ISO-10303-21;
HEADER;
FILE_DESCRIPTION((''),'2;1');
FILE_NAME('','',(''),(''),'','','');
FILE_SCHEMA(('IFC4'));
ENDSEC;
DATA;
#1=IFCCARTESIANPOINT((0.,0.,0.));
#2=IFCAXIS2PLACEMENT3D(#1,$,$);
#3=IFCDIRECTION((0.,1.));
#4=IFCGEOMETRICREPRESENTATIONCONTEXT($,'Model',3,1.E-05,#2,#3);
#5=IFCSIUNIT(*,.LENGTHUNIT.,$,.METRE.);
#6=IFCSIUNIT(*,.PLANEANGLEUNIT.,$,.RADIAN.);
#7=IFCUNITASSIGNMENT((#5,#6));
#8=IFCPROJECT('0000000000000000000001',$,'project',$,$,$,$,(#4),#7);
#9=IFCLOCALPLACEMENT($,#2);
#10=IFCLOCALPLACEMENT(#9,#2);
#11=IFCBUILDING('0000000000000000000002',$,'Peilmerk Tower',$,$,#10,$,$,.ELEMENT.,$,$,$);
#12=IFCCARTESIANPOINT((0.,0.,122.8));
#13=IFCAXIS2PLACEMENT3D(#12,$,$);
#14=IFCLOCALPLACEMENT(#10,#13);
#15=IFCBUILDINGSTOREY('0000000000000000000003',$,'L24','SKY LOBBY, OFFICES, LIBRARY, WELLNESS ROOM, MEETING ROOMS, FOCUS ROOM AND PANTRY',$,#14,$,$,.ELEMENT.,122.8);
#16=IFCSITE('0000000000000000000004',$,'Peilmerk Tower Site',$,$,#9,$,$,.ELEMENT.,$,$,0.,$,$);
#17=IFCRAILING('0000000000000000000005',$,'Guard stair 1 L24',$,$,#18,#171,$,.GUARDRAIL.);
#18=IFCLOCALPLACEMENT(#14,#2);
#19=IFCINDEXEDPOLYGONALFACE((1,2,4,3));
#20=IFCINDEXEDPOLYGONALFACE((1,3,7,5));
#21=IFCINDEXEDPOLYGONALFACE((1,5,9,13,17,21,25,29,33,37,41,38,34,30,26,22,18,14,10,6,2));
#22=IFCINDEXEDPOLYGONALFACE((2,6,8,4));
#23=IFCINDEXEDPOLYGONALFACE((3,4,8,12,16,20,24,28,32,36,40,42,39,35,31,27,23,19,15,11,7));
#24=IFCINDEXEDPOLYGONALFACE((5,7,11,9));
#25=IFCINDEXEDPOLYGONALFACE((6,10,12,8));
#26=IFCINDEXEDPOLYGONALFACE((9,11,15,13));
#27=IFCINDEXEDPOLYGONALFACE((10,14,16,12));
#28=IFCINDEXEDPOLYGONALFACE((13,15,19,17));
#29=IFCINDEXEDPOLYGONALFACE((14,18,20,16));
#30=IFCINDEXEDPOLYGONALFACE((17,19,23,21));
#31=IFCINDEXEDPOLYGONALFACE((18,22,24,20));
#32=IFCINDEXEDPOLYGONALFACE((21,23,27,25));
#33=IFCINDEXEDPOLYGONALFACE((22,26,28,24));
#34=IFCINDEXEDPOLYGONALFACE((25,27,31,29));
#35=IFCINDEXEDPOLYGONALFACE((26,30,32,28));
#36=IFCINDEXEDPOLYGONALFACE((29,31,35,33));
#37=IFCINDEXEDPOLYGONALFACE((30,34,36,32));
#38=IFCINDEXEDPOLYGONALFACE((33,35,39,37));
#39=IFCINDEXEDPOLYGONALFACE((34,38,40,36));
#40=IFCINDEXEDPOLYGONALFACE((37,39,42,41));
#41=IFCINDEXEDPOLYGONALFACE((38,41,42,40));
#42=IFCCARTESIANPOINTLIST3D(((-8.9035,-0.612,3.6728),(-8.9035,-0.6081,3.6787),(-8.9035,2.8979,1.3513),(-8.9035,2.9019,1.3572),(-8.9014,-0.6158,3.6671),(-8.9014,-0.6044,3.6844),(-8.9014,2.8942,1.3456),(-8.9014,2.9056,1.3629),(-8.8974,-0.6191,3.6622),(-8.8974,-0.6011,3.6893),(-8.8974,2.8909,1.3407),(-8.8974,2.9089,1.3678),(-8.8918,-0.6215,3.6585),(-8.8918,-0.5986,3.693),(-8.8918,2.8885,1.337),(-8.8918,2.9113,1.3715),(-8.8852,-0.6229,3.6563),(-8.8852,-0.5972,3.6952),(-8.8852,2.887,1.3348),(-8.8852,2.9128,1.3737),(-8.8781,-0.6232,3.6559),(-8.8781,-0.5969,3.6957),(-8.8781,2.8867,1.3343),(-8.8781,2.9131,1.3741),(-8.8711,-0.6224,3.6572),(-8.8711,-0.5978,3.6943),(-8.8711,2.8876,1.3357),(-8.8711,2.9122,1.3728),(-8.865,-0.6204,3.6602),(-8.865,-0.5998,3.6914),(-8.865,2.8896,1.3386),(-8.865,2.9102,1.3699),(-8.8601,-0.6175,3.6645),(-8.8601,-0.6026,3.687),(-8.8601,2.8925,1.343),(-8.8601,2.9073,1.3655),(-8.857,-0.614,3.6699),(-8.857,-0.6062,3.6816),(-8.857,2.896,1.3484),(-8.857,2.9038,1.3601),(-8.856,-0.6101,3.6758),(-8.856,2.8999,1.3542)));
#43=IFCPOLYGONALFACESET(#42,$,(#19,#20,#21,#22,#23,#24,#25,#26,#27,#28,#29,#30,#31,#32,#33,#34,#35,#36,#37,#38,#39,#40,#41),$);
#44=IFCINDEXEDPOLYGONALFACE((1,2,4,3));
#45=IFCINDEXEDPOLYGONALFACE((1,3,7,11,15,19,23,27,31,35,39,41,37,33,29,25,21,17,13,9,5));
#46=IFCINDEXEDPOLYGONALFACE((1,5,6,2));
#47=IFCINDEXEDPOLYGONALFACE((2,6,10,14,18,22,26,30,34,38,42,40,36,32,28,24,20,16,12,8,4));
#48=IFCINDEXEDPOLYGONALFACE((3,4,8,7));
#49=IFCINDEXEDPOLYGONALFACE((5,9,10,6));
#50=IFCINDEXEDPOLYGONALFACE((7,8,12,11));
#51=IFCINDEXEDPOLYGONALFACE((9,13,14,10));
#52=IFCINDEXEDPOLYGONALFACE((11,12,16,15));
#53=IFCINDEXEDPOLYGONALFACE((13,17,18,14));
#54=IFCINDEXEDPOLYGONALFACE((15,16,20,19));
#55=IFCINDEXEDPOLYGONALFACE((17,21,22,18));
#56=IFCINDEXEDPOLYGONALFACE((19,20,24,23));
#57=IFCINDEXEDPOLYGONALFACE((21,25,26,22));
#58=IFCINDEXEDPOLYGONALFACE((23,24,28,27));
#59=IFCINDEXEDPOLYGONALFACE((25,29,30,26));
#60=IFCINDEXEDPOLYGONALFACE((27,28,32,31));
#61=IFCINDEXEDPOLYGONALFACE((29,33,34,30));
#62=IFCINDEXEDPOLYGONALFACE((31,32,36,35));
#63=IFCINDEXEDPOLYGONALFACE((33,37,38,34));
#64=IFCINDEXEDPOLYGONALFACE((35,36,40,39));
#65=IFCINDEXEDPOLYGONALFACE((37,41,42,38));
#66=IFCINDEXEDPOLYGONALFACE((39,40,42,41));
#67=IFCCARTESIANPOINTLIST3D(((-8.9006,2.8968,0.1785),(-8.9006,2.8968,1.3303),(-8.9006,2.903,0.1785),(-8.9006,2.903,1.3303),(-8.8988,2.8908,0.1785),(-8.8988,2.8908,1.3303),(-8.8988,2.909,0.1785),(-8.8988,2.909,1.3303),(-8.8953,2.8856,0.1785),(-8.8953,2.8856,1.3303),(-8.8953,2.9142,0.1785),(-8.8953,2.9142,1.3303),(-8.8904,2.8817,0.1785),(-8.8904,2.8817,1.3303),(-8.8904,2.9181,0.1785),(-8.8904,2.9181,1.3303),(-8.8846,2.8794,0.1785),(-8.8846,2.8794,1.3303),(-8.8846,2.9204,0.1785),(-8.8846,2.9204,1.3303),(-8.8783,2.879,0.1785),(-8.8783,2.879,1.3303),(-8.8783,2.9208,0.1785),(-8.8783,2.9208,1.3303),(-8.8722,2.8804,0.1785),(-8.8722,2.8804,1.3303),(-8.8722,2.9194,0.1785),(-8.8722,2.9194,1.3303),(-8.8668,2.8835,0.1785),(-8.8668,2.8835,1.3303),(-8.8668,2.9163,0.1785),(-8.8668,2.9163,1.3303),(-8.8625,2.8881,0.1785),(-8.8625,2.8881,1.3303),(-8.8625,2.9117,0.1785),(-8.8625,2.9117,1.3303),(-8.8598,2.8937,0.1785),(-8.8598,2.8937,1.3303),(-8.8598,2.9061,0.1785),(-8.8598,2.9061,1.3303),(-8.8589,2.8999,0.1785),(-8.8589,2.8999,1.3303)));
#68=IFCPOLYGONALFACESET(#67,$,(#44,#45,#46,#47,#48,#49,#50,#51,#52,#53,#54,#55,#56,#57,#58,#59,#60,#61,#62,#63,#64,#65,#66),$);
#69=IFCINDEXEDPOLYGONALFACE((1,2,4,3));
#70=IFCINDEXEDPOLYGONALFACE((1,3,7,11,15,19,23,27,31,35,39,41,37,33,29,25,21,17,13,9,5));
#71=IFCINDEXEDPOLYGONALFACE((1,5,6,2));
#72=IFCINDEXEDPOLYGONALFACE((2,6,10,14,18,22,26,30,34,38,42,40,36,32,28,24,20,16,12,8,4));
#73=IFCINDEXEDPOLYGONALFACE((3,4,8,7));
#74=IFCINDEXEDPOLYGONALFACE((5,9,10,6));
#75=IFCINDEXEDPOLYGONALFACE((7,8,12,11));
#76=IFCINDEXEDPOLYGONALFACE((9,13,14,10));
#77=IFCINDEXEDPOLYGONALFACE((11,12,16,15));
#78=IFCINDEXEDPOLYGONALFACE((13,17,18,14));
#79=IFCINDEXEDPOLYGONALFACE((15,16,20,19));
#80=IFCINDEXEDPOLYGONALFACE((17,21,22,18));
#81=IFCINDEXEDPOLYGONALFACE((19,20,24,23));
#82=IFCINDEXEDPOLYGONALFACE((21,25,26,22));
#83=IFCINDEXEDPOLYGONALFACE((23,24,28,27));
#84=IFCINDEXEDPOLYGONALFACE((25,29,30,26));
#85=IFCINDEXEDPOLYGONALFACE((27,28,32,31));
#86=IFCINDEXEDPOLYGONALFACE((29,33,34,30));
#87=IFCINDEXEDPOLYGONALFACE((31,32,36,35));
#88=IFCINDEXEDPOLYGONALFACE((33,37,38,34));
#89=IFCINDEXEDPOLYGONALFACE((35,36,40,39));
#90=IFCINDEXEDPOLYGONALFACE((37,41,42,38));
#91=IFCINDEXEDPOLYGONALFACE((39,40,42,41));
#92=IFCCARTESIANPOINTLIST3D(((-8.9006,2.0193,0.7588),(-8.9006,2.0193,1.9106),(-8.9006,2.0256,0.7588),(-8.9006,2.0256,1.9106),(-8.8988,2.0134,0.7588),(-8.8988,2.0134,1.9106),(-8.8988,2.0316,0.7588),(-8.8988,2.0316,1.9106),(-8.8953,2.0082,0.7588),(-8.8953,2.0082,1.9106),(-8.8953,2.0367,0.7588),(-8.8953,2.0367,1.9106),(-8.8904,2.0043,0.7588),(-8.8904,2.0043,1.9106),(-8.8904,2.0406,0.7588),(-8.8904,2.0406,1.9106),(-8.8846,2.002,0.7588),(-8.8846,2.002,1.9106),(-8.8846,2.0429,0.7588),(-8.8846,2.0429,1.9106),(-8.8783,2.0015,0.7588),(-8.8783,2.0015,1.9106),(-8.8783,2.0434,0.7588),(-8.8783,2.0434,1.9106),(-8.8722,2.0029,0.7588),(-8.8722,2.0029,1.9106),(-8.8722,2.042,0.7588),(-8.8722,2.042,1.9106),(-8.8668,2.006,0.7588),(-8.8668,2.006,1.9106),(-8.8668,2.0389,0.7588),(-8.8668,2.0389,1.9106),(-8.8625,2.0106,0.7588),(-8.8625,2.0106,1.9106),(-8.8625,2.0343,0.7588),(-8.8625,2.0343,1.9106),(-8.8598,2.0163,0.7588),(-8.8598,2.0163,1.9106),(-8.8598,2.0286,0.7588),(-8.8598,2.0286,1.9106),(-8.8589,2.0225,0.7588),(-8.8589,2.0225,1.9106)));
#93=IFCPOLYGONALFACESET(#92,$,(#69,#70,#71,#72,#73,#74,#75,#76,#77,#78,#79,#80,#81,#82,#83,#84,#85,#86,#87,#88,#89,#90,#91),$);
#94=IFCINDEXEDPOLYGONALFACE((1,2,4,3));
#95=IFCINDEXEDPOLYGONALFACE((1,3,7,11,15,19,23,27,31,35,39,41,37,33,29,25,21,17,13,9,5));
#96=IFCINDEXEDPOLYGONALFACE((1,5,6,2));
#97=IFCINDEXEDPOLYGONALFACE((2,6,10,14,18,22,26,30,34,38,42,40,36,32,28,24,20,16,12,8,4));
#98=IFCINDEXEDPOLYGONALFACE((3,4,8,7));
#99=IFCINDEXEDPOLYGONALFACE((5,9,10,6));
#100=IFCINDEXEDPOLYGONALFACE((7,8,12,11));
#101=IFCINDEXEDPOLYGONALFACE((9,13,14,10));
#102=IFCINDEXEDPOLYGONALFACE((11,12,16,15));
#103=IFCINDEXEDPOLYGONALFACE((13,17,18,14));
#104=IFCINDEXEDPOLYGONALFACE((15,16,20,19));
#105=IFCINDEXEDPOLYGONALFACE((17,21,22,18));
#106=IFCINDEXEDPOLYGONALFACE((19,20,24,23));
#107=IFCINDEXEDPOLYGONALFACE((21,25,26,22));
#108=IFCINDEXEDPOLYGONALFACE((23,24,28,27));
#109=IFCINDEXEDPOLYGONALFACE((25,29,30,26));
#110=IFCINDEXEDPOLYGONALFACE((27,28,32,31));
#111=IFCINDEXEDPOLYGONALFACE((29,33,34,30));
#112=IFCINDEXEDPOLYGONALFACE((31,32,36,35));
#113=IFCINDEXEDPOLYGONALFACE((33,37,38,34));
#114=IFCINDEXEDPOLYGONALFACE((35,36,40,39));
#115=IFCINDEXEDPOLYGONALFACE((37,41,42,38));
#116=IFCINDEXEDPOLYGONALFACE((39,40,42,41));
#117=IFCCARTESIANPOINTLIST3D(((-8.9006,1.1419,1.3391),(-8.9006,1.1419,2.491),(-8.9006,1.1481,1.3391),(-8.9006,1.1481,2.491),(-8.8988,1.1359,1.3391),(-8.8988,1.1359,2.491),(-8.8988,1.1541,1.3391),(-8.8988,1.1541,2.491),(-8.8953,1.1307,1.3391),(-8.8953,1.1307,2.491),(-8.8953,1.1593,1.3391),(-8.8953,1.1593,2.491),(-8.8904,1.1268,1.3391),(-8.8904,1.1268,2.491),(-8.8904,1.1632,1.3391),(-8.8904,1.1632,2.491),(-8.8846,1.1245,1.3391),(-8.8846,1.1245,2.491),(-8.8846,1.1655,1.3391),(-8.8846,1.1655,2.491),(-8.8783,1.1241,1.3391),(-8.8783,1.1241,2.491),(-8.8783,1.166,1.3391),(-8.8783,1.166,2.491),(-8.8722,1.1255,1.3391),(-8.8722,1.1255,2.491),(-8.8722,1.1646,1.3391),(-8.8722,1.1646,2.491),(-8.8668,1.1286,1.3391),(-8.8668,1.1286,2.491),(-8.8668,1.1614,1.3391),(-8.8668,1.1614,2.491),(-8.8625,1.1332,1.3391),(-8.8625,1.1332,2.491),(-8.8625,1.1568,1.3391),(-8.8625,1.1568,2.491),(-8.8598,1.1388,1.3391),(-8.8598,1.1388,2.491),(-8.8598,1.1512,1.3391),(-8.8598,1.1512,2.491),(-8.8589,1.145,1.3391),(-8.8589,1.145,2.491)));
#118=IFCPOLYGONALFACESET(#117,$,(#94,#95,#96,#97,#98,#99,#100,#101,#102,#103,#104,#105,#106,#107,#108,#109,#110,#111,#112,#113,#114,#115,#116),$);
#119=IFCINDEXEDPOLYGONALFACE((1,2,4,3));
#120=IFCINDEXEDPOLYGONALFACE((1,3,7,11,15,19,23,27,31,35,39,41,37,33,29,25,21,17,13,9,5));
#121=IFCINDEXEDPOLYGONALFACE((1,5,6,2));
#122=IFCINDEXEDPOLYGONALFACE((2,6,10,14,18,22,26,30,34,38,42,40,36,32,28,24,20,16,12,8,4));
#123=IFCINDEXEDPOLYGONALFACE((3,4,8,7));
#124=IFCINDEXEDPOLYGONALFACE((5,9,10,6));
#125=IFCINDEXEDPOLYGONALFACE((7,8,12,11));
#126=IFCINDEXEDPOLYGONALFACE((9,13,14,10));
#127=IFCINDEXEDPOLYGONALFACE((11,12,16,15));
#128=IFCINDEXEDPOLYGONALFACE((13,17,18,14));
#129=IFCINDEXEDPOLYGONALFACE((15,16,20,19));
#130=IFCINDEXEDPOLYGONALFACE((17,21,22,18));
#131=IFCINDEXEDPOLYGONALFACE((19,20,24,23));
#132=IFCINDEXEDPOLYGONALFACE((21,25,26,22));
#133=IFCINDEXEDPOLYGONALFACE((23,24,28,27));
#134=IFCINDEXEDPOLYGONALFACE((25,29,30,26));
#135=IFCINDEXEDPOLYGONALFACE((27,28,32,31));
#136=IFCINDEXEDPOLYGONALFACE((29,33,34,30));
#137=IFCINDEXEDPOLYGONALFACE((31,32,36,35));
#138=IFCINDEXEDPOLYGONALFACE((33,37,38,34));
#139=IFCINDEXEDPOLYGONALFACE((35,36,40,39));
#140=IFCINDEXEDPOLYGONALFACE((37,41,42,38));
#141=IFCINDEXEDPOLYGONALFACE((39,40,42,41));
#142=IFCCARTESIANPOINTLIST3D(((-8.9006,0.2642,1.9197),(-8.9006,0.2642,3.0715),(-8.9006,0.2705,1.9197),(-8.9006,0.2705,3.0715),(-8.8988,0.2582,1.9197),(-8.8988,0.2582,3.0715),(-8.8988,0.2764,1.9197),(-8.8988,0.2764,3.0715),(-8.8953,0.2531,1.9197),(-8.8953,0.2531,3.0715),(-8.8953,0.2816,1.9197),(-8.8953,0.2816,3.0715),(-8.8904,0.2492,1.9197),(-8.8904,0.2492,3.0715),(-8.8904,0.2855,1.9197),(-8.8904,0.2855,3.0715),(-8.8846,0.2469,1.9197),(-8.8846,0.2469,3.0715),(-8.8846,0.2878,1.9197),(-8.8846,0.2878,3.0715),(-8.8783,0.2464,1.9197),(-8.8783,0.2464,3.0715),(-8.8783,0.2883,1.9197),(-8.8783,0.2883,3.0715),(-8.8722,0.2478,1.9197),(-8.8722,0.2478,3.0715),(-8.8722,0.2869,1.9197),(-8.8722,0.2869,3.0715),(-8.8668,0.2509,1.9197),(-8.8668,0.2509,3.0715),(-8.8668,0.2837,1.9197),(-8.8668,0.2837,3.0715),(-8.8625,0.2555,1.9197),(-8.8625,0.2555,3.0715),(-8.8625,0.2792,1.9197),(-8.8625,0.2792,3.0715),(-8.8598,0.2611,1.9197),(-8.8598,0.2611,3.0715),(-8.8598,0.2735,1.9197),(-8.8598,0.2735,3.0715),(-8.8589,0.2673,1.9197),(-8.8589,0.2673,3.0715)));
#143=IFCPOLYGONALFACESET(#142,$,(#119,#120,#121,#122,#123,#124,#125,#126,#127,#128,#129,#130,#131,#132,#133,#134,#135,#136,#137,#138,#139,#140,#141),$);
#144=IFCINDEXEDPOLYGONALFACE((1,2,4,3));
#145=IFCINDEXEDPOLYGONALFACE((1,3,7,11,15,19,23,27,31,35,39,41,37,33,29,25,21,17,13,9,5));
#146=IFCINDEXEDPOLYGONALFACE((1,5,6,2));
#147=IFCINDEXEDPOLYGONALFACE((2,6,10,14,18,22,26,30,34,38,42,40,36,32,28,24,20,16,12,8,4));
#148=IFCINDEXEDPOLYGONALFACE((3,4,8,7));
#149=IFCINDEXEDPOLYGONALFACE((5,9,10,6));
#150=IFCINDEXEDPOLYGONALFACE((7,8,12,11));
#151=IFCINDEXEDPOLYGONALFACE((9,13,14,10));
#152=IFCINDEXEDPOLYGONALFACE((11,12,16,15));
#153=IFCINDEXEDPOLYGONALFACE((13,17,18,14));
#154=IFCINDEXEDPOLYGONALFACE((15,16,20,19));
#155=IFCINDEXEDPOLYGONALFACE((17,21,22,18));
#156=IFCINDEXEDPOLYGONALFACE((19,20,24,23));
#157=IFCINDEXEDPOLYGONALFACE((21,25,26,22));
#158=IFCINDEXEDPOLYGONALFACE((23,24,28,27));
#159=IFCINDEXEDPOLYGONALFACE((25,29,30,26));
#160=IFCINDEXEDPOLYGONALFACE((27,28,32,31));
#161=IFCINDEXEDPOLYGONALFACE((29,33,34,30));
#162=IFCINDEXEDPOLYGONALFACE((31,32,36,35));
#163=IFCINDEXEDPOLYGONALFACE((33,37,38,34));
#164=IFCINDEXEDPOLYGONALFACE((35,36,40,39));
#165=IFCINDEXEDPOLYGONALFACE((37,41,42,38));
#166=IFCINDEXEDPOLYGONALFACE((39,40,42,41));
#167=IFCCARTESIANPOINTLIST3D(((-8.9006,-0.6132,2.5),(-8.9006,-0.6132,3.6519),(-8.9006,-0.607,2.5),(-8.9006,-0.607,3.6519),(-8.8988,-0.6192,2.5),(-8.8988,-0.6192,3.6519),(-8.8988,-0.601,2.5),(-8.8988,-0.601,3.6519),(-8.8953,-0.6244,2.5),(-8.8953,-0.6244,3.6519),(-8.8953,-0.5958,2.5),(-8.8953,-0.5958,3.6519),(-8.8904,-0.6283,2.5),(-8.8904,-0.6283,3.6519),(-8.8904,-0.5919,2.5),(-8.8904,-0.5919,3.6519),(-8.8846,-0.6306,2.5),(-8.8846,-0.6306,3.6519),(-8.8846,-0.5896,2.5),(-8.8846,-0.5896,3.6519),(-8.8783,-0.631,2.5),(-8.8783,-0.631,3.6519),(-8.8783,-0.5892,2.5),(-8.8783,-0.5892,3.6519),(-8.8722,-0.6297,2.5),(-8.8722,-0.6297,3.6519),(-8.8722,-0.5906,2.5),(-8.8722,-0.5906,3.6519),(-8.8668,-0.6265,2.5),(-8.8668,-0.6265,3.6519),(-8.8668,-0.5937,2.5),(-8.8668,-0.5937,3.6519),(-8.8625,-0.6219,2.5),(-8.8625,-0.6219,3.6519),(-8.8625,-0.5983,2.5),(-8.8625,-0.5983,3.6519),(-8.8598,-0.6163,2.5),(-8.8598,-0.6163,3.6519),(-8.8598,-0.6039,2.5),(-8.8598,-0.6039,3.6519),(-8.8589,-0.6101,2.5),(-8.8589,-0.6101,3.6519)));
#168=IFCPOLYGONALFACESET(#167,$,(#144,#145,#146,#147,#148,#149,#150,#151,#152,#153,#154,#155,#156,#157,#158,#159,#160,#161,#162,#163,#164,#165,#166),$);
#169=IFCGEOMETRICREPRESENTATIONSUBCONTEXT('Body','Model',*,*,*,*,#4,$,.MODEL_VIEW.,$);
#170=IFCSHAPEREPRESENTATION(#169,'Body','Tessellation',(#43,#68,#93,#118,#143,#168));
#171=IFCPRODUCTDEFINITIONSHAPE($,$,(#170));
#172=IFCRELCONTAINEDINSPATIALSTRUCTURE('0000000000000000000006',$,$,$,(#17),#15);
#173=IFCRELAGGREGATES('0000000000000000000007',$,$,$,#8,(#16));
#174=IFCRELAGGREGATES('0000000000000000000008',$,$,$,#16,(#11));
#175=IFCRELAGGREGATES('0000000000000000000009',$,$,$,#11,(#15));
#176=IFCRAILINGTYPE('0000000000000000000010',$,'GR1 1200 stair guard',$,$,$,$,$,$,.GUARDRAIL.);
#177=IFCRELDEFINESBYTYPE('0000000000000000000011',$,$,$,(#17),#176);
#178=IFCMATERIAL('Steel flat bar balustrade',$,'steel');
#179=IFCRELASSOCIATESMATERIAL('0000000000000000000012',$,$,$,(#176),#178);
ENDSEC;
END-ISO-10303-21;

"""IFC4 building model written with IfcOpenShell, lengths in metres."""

from ifc_helpers import new_model, si_unit, direction, frame, origin, origin_2d, place, context, subcontext, project, spatial, circle, extrude, material, type_object, element, save


model = new_model("IFC4")

# Units and contexts
model_context = context("Model", 3, precision=1e-05, world=origin(), true_north=direction((0.0, 1.0)))
body_context = subcontext(model_context, "Body", "Model", "MODEL_VIEW")
ifc_project = project(units=[si_unit("LENGTHUNIT", "METRE"), si_unit("PLANEANGLEUNIT", "RADIAN")], contexts=[model_context])

# Site, building, storey
site_placement = place(None, origin())
site = spatial("IfcSite", under=ifc_project, at=site_placement, Name="Peilmerk Tower Site", CompositionType="ELEMENT", RefElevation=0.0)
building_placement = place(site_placement, origin())
building = spatial("IfcBuilding", under=site, at=building_placement, Name="Peilmerk Tower", CompositionType="ELEMENT")
storey_placement = place(building_placement, frame((0.0, 0.0, 122.8)))
storey = spatial("IfcBuildingStorey", under=building, at=storey_placement, Name="L24", Description="SKY LOBBY, OFFICES, LIBRARY, WELLNESS ROOM, MEETING ROOMS, FOCUS ROOM AND PANTRY", CompositionType="ELEMENT", Elevation=122.8)

# Railing
ifc_material_1 = material(Name="Steel flat bar balustrade", Category="steel")
railing_type_1 = type_object("IfcRailingType", Name="GR1 1200 stair guard", PredefinedType="GUARDRAIL", material=ifc_material_1)
railing_1_placement = place(storey_placement, frame((-8.8799, 2.8999, 0.1785)))
element("IfcRailing", 1, at=railing_1_placement, inside=storey, type_object=railing_type_1, Name="Guard stair 1 L24", PredefinedType="GUARDRAIL", context=body_context, shape_type="SweptSolid", body=[
    extrude(circle(Radius=0.0239, at=origin_2d()), frame((0.0, 0.0, 1.1758), z_axis=(0.0, -0.834071, 0.551657), x_axis=(1.0, 0.0, 0.0)), (0.0, 0.0, 1.0), 4.2083),
    extrude(circle(Radius=0.021, at=origin_2d()), origin(), (0.0, 0.0, 1.0), 1.1519),
    extrude(circle(Radius=0.021, at=origin_2d()), frame((0.0, -0.8774, 0.5803)), (0.0, 0.0, 1.0), 1.1519),
    extrude(circle(Radius=0.021, at=origin_2d()), frame((0.0, -1.7549, 1.1606)), (0.0, 0.0, 1.0), 1.1519),
    extrude(circle(Radius=0.021, at=origin_2d()), frame((0.0, -2.6326, 1.7412)), (0.0, 0.0, 1.0), 1.1519),
    extrude(circle(Radius=0.021, at=origin_2d()), frame((0.0, -3.51, 2.3215)), (0.0, 0.0, 1.0), 1.1519),
])

save(model, "model.ifc")
